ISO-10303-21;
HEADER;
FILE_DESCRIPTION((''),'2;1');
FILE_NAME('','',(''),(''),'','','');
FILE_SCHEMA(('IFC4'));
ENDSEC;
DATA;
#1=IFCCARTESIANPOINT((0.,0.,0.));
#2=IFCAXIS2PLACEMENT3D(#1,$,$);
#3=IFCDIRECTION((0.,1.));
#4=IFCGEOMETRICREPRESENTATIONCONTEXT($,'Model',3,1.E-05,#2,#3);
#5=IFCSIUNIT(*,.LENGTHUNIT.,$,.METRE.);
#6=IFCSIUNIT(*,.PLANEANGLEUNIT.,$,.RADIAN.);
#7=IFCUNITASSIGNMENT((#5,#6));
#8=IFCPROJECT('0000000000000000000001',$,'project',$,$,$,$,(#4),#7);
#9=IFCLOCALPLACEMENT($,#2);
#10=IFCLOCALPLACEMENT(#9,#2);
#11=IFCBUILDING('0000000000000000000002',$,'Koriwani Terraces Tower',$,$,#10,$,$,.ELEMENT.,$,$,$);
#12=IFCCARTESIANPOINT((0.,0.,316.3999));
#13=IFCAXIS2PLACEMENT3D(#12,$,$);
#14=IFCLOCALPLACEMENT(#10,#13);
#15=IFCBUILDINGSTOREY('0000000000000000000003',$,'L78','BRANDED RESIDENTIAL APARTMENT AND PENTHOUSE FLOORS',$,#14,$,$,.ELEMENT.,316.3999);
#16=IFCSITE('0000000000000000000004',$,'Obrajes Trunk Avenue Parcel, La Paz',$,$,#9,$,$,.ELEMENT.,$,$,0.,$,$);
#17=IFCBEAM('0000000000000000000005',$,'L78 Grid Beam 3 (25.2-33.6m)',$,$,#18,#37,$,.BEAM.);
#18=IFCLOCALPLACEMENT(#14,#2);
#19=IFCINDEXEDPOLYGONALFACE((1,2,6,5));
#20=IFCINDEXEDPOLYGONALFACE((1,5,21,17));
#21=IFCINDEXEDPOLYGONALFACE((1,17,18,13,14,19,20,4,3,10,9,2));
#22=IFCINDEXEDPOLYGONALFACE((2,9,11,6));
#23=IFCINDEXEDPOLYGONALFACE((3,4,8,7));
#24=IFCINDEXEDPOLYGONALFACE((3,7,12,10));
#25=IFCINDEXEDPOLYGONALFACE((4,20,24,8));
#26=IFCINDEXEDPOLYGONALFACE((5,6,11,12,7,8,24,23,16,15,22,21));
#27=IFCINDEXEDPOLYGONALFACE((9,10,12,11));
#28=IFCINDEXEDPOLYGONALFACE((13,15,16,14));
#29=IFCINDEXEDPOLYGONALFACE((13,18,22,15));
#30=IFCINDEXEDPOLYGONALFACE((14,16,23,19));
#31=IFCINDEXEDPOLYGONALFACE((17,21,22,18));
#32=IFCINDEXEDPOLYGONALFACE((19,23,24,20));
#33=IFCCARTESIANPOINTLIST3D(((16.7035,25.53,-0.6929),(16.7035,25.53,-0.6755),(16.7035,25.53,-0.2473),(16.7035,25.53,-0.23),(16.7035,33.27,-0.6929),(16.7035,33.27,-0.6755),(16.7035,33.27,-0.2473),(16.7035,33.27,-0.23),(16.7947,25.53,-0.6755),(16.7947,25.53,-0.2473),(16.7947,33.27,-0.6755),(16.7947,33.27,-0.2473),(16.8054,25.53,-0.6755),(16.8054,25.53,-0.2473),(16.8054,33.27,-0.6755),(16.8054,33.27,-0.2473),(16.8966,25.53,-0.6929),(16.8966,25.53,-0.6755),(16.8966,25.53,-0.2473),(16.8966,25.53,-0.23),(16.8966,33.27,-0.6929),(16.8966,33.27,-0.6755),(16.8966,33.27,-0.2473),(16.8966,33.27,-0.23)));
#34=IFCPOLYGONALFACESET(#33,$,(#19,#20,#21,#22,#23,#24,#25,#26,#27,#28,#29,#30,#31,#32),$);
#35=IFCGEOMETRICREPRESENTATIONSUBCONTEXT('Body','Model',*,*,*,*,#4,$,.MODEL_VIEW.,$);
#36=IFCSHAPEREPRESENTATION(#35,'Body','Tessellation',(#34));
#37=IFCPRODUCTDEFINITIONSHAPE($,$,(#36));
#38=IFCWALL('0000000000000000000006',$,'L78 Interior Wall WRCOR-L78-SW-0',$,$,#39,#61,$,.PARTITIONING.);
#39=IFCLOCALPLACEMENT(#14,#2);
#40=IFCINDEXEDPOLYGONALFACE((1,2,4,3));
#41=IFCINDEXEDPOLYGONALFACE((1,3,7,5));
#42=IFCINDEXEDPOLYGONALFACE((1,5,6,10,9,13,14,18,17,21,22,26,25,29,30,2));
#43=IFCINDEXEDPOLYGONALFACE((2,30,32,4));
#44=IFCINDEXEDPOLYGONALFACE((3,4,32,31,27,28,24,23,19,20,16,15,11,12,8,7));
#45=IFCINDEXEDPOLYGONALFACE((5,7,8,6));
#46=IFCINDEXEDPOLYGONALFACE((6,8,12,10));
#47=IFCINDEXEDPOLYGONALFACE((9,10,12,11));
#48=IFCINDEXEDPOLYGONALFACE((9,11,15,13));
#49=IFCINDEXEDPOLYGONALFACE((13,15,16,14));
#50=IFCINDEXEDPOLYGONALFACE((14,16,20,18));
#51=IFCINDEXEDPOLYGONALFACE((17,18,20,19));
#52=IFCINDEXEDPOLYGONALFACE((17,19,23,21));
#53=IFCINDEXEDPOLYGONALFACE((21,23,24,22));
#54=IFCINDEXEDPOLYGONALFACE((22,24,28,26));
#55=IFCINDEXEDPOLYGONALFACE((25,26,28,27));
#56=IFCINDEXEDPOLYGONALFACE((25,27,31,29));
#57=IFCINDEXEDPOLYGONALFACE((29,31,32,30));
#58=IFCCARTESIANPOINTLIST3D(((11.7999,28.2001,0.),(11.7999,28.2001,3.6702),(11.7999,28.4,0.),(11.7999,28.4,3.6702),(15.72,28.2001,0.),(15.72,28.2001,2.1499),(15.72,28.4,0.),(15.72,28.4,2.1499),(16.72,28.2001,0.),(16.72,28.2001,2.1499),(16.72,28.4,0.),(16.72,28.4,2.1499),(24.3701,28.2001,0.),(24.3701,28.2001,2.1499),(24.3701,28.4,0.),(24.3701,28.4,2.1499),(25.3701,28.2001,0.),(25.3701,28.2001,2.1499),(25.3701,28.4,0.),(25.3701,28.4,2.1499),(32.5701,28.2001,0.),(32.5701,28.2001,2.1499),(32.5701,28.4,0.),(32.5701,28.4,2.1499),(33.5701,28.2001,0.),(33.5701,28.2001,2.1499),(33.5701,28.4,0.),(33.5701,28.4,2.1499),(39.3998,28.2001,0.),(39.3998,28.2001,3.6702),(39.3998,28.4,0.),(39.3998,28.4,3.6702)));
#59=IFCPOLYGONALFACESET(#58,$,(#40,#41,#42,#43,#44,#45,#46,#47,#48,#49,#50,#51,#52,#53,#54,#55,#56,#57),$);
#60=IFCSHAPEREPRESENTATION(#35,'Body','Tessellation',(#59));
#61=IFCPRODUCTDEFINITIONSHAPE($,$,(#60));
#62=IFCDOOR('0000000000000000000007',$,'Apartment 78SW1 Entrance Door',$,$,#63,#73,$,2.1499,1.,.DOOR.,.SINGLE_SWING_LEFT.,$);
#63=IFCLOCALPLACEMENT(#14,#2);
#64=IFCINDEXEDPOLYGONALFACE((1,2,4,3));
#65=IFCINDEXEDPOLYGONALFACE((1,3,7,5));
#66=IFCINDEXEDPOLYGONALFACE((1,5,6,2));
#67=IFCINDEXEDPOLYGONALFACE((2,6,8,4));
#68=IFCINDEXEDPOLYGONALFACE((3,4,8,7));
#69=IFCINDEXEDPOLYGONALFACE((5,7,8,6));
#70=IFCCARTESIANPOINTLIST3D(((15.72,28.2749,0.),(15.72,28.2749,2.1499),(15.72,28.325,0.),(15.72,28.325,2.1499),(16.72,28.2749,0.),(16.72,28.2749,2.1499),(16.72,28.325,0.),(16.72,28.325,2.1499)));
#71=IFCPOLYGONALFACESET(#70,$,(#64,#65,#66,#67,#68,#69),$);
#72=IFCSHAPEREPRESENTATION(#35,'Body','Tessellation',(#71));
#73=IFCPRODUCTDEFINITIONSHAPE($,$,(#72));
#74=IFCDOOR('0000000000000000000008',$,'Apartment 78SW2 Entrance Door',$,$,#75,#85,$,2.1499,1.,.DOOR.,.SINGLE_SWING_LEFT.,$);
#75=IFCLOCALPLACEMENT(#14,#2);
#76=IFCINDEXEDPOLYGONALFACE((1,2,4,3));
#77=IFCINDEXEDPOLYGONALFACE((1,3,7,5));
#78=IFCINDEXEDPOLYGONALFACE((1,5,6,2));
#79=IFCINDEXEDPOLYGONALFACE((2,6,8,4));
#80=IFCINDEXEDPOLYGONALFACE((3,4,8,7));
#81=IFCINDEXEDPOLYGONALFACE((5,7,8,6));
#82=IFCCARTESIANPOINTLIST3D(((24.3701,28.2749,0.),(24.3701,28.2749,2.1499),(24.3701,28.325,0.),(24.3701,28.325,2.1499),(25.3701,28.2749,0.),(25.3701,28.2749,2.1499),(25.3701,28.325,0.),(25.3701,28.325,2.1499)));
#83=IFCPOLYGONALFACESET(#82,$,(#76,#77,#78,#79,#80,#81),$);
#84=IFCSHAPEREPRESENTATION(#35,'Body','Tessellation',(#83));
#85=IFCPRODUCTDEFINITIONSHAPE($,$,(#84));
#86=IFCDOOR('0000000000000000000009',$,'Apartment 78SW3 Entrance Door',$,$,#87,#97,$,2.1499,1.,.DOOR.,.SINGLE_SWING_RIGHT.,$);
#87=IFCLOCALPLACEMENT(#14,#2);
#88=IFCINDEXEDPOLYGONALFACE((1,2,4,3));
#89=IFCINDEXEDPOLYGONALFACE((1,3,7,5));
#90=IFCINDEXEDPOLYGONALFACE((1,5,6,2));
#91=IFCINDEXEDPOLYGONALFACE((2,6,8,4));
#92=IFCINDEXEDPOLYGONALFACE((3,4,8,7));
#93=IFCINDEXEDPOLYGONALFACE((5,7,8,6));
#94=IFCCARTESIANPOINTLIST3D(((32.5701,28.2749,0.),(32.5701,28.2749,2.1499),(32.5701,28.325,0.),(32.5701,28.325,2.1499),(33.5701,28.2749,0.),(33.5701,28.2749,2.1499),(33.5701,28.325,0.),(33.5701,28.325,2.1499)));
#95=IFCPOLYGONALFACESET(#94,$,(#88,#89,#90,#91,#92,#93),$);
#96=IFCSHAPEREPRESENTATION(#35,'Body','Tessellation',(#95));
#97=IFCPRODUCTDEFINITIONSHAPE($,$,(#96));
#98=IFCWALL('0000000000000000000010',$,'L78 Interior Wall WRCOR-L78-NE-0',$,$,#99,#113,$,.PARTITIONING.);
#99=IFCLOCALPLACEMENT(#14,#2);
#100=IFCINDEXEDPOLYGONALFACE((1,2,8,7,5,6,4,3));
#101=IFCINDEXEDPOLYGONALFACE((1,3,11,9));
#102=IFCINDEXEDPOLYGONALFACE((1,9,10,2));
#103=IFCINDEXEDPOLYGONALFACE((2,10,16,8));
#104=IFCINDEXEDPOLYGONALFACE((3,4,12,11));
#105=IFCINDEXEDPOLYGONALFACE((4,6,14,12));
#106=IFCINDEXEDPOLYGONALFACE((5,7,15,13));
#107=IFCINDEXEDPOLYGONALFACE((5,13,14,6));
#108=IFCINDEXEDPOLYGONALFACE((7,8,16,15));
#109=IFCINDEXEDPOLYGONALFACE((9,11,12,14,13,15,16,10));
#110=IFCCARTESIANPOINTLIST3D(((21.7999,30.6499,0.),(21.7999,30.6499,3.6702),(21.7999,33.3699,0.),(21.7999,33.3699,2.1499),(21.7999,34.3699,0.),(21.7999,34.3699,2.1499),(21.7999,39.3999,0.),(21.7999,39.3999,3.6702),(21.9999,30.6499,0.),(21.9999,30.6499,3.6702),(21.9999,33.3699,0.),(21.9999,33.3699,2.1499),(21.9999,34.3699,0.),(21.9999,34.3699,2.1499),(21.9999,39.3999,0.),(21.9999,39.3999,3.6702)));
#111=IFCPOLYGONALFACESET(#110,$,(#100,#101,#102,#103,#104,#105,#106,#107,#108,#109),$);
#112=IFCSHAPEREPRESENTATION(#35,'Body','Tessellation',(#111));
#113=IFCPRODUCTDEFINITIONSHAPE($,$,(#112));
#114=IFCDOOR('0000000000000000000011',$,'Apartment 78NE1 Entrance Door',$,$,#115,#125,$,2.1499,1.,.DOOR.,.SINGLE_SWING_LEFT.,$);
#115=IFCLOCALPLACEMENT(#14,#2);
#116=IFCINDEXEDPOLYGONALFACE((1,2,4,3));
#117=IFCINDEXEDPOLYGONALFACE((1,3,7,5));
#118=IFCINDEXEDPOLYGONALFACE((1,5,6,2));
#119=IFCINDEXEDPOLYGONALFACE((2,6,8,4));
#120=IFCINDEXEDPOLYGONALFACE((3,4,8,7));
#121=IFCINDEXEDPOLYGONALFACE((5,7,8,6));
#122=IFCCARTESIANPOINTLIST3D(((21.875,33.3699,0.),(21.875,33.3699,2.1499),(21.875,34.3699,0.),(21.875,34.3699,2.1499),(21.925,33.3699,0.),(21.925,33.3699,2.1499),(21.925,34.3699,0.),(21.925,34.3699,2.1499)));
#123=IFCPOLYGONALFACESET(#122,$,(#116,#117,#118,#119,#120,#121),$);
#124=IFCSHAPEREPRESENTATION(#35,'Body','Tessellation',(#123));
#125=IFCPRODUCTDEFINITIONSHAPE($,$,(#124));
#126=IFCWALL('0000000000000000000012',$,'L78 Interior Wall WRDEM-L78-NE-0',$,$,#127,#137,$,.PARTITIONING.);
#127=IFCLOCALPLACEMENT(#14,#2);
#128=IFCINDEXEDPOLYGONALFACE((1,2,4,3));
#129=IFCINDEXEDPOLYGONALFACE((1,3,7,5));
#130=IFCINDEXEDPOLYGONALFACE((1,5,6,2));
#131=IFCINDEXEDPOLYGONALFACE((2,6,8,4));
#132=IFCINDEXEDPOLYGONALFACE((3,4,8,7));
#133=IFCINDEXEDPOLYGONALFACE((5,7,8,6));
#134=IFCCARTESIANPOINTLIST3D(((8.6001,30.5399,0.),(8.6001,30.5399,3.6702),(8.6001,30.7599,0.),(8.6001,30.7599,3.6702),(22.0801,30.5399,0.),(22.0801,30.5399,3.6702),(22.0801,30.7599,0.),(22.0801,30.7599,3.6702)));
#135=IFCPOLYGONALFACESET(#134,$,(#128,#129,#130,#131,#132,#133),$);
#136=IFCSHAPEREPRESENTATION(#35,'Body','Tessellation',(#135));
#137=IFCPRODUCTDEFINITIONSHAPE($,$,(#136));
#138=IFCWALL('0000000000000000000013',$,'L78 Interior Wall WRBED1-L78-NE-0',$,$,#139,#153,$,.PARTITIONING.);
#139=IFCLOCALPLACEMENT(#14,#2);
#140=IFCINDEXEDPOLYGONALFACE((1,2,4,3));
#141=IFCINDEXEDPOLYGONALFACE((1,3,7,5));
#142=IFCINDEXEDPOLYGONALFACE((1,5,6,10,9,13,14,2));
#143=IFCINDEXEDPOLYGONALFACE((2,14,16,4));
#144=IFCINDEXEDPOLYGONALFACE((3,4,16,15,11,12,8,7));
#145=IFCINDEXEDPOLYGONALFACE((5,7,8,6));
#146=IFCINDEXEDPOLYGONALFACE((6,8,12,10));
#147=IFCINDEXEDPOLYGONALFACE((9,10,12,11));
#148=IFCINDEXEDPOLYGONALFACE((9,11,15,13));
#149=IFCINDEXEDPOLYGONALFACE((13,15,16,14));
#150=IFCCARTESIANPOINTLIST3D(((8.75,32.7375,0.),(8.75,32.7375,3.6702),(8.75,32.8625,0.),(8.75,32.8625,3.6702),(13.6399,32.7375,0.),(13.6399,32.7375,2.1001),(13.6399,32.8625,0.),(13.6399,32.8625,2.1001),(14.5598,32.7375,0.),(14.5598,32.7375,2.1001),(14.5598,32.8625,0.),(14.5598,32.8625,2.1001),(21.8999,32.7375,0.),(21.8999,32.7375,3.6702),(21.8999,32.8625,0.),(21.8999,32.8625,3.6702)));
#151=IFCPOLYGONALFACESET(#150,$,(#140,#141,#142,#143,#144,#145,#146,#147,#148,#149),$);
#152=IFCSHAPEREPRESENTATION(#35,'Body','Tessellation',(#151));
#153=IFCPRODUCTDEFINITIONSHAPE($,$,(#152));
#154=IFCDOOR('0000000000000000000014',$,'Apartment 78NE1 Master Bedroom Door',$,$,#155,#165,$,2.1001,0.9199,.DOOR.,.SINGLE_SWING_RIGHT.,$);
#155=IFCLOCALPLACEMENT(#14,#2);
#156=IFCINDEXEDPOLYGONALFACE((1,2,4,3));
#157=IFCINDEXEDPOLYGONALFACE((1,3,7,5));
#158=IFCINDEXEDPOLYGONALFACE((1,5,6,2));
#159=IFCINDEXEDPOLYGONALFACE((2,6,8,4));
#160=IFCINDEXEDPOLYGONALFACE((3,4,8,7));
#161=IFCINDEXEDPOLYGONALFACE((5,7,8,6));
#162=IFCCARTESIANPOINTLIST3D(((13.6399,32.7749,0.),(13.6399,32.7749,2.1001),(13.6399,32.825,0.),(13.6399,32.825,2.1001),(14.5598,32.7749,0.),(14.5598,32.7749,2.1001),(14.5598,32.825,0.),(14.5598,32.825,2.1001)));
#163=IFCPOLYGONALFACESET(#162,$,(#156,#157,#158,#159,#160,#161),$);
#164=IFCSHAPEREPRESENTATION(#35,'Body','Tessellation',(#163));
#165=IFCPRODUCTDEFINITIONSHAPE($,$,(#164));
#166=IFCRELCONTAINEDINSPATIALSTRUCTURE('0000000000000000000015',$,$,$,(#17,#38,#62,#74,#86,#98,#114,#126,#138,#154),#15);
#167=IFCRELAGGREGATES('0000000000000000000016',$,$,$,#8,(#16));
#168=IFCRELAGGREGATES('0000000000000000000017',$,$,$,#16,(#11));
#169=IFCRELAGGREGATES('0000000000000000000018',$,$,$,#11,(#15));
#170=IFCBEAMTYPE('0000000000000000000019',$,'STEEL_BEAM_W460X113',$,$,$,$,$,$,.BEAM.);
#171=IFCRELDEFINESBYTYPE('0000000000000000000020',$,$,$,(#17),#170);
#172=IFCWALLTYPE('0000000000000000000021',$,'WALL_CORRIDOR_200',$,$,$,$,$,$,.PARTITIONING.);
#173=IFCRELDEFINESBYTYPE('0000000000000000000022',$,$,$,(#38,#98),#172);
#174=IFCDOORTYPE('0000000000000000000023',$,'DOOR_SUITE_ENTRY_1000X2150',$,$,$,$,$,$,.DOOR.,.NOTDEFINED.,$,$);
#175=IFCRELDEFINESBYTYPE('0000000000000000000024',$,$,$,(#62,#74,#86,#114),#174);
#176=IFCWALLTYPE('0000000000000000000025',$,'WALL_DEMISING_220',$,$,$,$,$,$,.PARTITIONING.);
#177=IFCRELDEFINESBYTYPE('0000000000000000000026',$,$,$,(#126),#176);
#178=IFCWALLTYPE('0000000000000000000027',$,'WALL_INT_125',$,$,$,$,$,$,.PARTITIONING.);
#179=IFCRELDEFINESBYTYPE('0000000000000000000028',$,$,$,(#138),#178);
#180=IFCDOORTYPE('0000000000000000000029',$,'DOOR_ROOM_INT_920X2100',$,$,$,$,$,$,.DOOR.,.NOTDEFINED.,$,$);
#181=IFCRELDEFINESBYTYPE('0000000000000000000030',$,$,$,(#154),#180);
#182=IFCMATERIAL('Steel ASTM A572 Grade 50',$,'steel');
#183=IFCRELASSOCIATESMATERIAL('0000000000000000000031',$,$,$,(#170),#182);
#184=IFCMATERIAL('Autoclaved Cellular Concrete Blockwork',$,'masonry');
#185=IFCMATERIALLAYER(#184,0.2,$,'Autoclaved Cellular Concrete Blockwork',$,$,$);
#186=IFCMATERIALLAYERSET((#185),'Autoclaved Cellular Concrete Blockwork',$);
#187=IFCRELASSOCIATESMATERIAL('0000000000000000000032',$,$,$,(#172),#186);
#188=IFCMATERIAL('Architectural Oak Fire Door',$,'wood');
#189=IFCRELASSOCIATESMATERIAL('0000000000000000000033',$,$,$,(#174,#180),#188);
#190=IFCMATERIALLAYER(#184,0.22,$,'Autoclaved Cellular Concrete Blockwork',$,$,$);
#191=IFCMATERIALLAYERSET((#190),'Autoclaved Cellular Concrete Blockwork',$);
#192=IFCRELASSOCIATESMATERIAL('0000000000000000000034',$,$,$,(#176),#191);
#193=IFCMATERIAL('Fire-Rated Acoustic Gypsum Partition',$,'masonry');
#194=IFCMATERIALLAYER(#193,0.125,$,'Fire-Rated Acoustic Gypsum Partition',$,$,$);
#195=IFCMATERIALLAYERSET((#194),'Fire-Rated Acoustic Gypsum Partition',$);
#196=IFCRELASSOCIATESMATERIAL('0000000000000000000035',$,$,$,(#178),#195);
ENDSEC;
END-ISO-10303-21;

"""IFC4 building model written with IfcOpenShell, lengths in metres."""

from ifc_helpers import new_model, si_unit, direction, frame, frame_2d, origin, origin_2d, place, context, subcontext, project, spatial, rectangle, i_section, extrude, material, layer, layer_set, material_profile, profile_set, type_object, element, fill, save


model = new_model("IFC4")

# Units and contexts
model_context = context("Model", 3, precision=1e-05, world=origin(), true_north=direction((0.0, 1.0)))
body_context = subcontext(model_context, "Body", "Model", "MODEL_VIEW")
ifc_project = project(units=[si_unit("LENGTHUNIT", "METRE"), si_unit("PLANEANGLEUNIT", "RADIAN")], contexts=[model_context])

# Site, building, storey
site_placement = place(None, origin())
site = spatial("IfcSite", under=ifc_project, at=site_placement, Name="Obrajes Trunk Avenue Parcel, La Paz", CompositionType="ELEMENT", RefElevation=0.0)
building_placement = place(site_placement, origin())
building = spatial("IfcBuilding", under=site, at=building_placement, Name="Koriwani Terraces Tower", CompositionType="ELEMENT")
storey_placement = place(building_placement, frame((0.0, 0.0, 316.3999)))
storey = spatial("IfcBuildingStorey", under=building, at=storey_placement, Name="L78", Description="BRANDED RESIDENTIAL APARTMENT AND PENTHOUSE FLOORS", CompositionType="ELEMENT", Elevation=316.3999)

# Beam
ifc_material_1 = material(Name="Steel ASTM A572 Grade 50", Category="steel")
ifc_material_profile_1 = material_profile(ifc_material_1, i_section(OverallWidth=0.1931, OverallDepth=0.4629, WebThickness=0.0107, FlangeThickness=0.0173, at=origin_2d()), Name="Steel ASTM A572 Grade 50", Category="LoadBearing")
ifc_profile_set_1 = profile_set([ifc_material_profile_1], Name="Steel ASTM A572 Grade 50")
beam_type_1 = type_object("IfcBeamType", Name="STEEL_BEAM_W460X113", PredefinedType="BEAM", material=ifc_profile_set_1)
beam_1_placement = place(storey_placement, frame((16.8, 25.53, -0.4614), z_axis=(0.0, 1.0, 0.0), x_axis=(-1.0, 0.0, 0.0)))
element("IfcBeam", 1, at=beam_1_placement, inside=storey, type_object=beam_type_1, Name="L78 Grid Beam 3 (25.2-33.6m)", PredefinedType="BEAM", context=body_context, shape_type="SweptSolid", body=[
    extrude(i_section(OverallWidth=0.1931, OverallDepth=0.4629, WebThickness=0.0107, FlangeThickness=0.0173, at=origin_2d()), origin(), (0.0, 0.0, 1.0), 7.74),
])

# Wall, openings, doors
ifc_material_2 = material(Name="Autoclaved Cellular Concrete Blockwork", Category="masonry")
ifc_layer_1 = layer(ifc_material_2, 0.2, Name="Autoclaved Cellular Concrete Blockwork")
ifc_layer_set_1 = layer_set([ifc_layer_1], Name="Autoclaved Cellular Concrete Blockwork")
wall_type_1 = type_object("IfcWallType", Name="WALL_CORRIDOR_200", PredefinedType="PARTITIONING", material=ifc_layer_set_1)
wall_1_placement = place(storey_placement, frame((11.8, 28.3, 0.0), z_axis=(0.0, 0.0, 1.0), x_axis=(1.0, 0.0, 0.0)))
wall_1 = element("IfcWall", 2, at=wall_1_placement, inside=storey, type_object=wall_type_1, Name="L78 Interior Wall WRCOR-L78-SW-0", PredefinedType="PARTITIONING", context=body_context, shape_type="SweptSolid", body=[
    extrude(rectangle(XDim=27.5999, YDim=0.2, at=frame_2d((13.7998, 0.0))), origin(), (0.0, 0.0, 1.0), 3.6702),
])
opening_1_placement = place(wall_1_placement, frame((3.9199, 0.0, 0.0)))
opening_1 = element("IfcOpeningElement", 3, at=opening_1_placement, cuts=wall_1, PredefinedType="OPENING", context=body_context, shape_type="SweptSolid", body=[
    extrude(rectangle(XDim=1.0, YDim=2.1499, at=frame_2d((0.5, 1.075))), frame((0.0, 0.1099, 0.0), z_axis=(0.0, -1.0, 0.0), x_axis=(1.0, 0.0, 0.0)), (0.0, 0.0, 1.0), 0.22),
])
opening_2_placement = place(wall_1_placement, frame((12.5701, 0.0, 0.0)))
opening_2 = element("IfcOpeningElement", 4, at=opening_2_placement, cuts=wall_1, PredefinedType="OPENING", context=body_context, shape_type="SweptSolid", body=[
    extrude(rectangle(XDim=1.0, YDim=2.1499, at=frame_2d((0.5, 1.075))), frame((0.0, 0.1099, 0.0), z_axis=(0.0, -1.0, 0.0), x_axis=(1.0, 0.0, 0.0)), (0.0, 0.0, 1.0), 0.22),
])
opening_3_placement = place(wall_1_placement, frame((20.77, 0.0, 0.0)))
opening_3 = element("IfcOpeningElement", 5, at=opening_3_placement, cuts=wall_1, PredefinedType="OPENING", context=body_context, shape_type="SweptSolid", body=[
    extrude(rectangle(XDim=1.0, YDim=2.1499, at=frame_2d((0.5, 1.075))), frame((0.0, 0.1099, 0.0), z_axis=(0.0, -1.0, 0.0), x_axis=(1.0, 0.0, 0.0)), (0.0, 0.0, 1.0), 0.22),
])
ifc_material_3 = material(Name="Architectural Oak Fire Door", Category="wood")
door_type_1 = type_object("IfcDoorType", Name="DOOR_SUITE_ENTRY_1000X2150", OperationType="NOTDEFINED", PredefinedType="DOOR", material=ifc_material_3)
door_1_placement = place(opening_1_placement, origin())
door_1 = element("IfcDoor", 6, at=door_1_placement, inside=storey, type_object=door_type_1, Name="Apartment 78SW1 Entrance Door", OperationType="SINGLE_SWING_LEFT", OverallHeight=2.1499, OverallWidth=1.0, PredefinedType="DOOR", context=body_context, shape_type="SweptSolid", body=[
    extrude(rectangle(XDim=1.0, YDim=2.1499, at=frame_2d((0.5, 1.075))), frame((0.0, 0.0249, 0.0), z_axis=(0.0, -1.0, 0.0), x_axis=(1.0, 0.0, 0.0)), (0.0, 0.0, 1.0), 0.05),
])
fill(opening_1, door_1)
door_2_placement = place(opening_2_placement, origin())
door_2 = element("IfcDoor", 7, at=door_2_placement, inside=storey, type_object=door_type_1, Name="Apartment 78SW2 Entrance Door", OperationType="SINGLE_SWING_LEFT", OverallHeight=2.1499, OverallWidth=1.0, PredefinedType="DOOR", context=body_context, shape_type="SweptSolid", body=[
    extrude(rectangle(XDim=1.0, YDim=2.1499, at=frame_2d((0.5, 1.075))), frame((0.0, 0.0249, 0.0), z_axis=(0.0, -1.0, 0.0), x_axis=(1.0, 0.0, 0.0)), (0.0, 0.0, 1.0), 0.05),
])
fill(opening_2, door_2)
door_3_placement = place(opening_3_placement, origin())
door_3 = element("IfcDoor", 8, at=door_3_placement, inside=storey, type_object=door_type_1, Name="Apartment 78SW3 Entrance Door", OperationType="SINGLE_SWING_RIGHT", OverallHeight=2.1499, OverallWidth=1.0, PredefinedType="DOOR", context=body_context, shape_type="SweptSolid", body=[
    extrude(rectangle(XDim=1.0, YDim=2.1499, at=frame_2d((0.5, 1.075))), frame((0.0, 0.0249, 0.0), z_axis=(0.0, -1.0, 0.0), x_axis=(1.0, 0.0, 0.0)), (0.0, 0.0, 1.0), 0.05),
])
fill(opening_3, door_3)

# Wall, opening, door
wall_2_placement = place(storey_placement, frame((21.8999, 30.6499, 0.0), z_axis=(0.0, 0.0, 1.0), x_axis=(0.0, 1.0, 0.0)))
wall_2 = element("IfcWall", 9, at=wall_2_placement, inside=storey, type_object=wall_type_1, Name="L78 Interior Wall WRCOR-L78-NE-0", PredefinedType="PARTITIONING", context=body_context, shape_type="SweptSolid", body=[
    extrude(rectangle(XDim=8.75, YDim=0.2, at=frame_2d((4.375, 0.0))), origin(), (0.0, 0.0, 1.0), 3.6702),
])
opening_4_placement = place(wall_2_placement, frame((2.72, 0.0, 0.0)))
opening_4 = element("IfcOpeningElement", 10, at=opening_4_placement, cuts=wall_2, PredefinedType="OPENING", context=body_context, shape_type="SweptSolid", body=[
    extrude(rectangle(XDim=1.0, YDim=2.1499, at=frame_2d((0.5, 1.075))), frame((0.0, 0.1099, 0.0), z_axis=(0.0, -1.0, 0.0), x_axis=(1.0, 0.0, 0.0)), (0.0, 0.0, 1.0), 0.22),
])
door_4_placement = place(opening_4_placement, origin())
door_4 = element("IfcDoor", 11, at=door_4_placement, inside=storey, type_object=door_type_1, Name="Apartment 78NE1 Entrance Door", OperationType="SINGLE_SWING_LEFT", OverallHeight=2.1499, OverallWidth=1.0, PredefinedType="DOOR", context=body_context, shape_type="SweptSolid", body=[
    extrude(rectangle(XDim=1.0, YDim=2.1499, at=frame_2d((0.5, 1.075))), frame((0.0, 0.0249, 0.0), z_axis=(0.0, -1.0, 0.0), x_axis=(1.0, 0.0, 0.0)), (0.0, 0.0, 1.0), 0.05),
])
fill(opening_4, door_4)

# Wall
ifc_layer_2 = layer(ifc_material_2, 0.22, Name="Autoclaved Cellular Concrete Blockwork")
ifc_layer_set_2 = layer_set([ifc_layer_2], Name="Autoclaved Cellular Concrete Blockwork")
wall_type_2 = type_object("IfcWallType", Name="WALL_DEMISING_220", PredefinedType="PARTITIONING", material=ifc_layer_set_2)
wall_3_placement = place(storey_placement, frame((8.6001, 30.6499, 0.0), z_axis=(0.0, 0.0, 1.0), x_axis=(1.0, 0.0, 0.0)))
element("IfcWall", 12, at=wall_3_placement, inside=storey, type_object=wall_type_2, Name="L78 Interior Wall WRDEM-L78-NE-0", PredefinedType="PARTITIONING", context=body_context, shape_type="SweptSolid", body=[
    extrude(rectangle(XDim=13.48, YDim=0.22, at=frame_2d((6.74, 0.0))), origin(), (0.0, 0.0, 1.0), 3.6702),
])

# Wall, opening, door
ifc_material_4 = material(Name="Fire-Rated Acoustic Gypsum Partition", Category="masonry")
ifc_layer_3 = layer(ifc_material_4, 0.125, Name="Fire-Rated Acoustic Gypsum Partition")
ifc_layer_set_3 = layer_set([ifc_layer_3], Name="Fire-Rated Acoustic Gypsum Partition")
wall_type_3 = type_object("IfcWallType", Name="WALL_INT_125", PredefinedType="PARTITIONING", material=ifc_layer_set_3)
wall_4_placement = place(storey_placement, frame((8.75, 32.8, 0.0), z_axis=(0.0, 0.0, 1.0), x_axis=(1.0, 0.0, 0.0)))
wall_4 = element("IfcWall", 13, at=wall_4_placement, inside=storey, type_object=wall_type_3, Name="L78 Interior Wall WRBED1-L78-NE-0", PredefinedType="PARTITIONING", context=body_context, shape_type="SweptSolid", body=[
    extrude(rectangle(XDim=13.1499, YDim=0.125, at=frame_2d((6.575, 0.0))), origin(), (0.0, 0.0, 1.0), 3.6702),
])
opening_5_placement = place(wall_4_placement, frame((4.8899, 0.0, 0.0)))
opening_5 = element("IfcOpeningElement", 14, at=opening_5_placement, cuts=wall_4, PredefinedType="OPENING", context=body_context, shape_type="SweptSolid", body=[
    extrude(rectangle(XDim=0.9199, YDim=2.1001, at=frame_2d((0.46, 1.05))), frame((0.0, 0.0725, 0.0), z_axis=(0.0, -1.0, 0.0), x_axis=(1.0, 0.0, 0.0)), (0.0, 0.0, 1.0), 0.145),
])
door_type_2 = type_object("IfcDoorType", Name="DOOR_ROOM_INT_920X2100", OperationType="NOTDEFINED", PredefinedType="DOOR", material=ifc_material_3)
door_5_placement = place(opening_5_placement, origin())
door_5 = element("IfcDoor", 15, at=door_5_placement, inside=storey, type_object=door_type_2, Name="Apartment 78NE1 Master Bedroom Door", OperationType="SINGLE_SWING_RIGHT", OverallHeight=2.1001, OverallWidth=0.9199, PredefinedType="DOOR", context=body_context, shape_type="SweptSolid", body=[
    extrude(rectangle(XDim=0.9199, YDim=2.1001, at=frame_2d((0.46, 1.05))), frame((0.0, 0.0249, 0.0), z_axis=(0.0, -1.0, 0.0), x_axis=(1.0, 0.0, 0.0)), (0.0, 0.0, 1.0), 0.05),
])
fill(opening_5, door_5)

save(model, "model.ifc")
